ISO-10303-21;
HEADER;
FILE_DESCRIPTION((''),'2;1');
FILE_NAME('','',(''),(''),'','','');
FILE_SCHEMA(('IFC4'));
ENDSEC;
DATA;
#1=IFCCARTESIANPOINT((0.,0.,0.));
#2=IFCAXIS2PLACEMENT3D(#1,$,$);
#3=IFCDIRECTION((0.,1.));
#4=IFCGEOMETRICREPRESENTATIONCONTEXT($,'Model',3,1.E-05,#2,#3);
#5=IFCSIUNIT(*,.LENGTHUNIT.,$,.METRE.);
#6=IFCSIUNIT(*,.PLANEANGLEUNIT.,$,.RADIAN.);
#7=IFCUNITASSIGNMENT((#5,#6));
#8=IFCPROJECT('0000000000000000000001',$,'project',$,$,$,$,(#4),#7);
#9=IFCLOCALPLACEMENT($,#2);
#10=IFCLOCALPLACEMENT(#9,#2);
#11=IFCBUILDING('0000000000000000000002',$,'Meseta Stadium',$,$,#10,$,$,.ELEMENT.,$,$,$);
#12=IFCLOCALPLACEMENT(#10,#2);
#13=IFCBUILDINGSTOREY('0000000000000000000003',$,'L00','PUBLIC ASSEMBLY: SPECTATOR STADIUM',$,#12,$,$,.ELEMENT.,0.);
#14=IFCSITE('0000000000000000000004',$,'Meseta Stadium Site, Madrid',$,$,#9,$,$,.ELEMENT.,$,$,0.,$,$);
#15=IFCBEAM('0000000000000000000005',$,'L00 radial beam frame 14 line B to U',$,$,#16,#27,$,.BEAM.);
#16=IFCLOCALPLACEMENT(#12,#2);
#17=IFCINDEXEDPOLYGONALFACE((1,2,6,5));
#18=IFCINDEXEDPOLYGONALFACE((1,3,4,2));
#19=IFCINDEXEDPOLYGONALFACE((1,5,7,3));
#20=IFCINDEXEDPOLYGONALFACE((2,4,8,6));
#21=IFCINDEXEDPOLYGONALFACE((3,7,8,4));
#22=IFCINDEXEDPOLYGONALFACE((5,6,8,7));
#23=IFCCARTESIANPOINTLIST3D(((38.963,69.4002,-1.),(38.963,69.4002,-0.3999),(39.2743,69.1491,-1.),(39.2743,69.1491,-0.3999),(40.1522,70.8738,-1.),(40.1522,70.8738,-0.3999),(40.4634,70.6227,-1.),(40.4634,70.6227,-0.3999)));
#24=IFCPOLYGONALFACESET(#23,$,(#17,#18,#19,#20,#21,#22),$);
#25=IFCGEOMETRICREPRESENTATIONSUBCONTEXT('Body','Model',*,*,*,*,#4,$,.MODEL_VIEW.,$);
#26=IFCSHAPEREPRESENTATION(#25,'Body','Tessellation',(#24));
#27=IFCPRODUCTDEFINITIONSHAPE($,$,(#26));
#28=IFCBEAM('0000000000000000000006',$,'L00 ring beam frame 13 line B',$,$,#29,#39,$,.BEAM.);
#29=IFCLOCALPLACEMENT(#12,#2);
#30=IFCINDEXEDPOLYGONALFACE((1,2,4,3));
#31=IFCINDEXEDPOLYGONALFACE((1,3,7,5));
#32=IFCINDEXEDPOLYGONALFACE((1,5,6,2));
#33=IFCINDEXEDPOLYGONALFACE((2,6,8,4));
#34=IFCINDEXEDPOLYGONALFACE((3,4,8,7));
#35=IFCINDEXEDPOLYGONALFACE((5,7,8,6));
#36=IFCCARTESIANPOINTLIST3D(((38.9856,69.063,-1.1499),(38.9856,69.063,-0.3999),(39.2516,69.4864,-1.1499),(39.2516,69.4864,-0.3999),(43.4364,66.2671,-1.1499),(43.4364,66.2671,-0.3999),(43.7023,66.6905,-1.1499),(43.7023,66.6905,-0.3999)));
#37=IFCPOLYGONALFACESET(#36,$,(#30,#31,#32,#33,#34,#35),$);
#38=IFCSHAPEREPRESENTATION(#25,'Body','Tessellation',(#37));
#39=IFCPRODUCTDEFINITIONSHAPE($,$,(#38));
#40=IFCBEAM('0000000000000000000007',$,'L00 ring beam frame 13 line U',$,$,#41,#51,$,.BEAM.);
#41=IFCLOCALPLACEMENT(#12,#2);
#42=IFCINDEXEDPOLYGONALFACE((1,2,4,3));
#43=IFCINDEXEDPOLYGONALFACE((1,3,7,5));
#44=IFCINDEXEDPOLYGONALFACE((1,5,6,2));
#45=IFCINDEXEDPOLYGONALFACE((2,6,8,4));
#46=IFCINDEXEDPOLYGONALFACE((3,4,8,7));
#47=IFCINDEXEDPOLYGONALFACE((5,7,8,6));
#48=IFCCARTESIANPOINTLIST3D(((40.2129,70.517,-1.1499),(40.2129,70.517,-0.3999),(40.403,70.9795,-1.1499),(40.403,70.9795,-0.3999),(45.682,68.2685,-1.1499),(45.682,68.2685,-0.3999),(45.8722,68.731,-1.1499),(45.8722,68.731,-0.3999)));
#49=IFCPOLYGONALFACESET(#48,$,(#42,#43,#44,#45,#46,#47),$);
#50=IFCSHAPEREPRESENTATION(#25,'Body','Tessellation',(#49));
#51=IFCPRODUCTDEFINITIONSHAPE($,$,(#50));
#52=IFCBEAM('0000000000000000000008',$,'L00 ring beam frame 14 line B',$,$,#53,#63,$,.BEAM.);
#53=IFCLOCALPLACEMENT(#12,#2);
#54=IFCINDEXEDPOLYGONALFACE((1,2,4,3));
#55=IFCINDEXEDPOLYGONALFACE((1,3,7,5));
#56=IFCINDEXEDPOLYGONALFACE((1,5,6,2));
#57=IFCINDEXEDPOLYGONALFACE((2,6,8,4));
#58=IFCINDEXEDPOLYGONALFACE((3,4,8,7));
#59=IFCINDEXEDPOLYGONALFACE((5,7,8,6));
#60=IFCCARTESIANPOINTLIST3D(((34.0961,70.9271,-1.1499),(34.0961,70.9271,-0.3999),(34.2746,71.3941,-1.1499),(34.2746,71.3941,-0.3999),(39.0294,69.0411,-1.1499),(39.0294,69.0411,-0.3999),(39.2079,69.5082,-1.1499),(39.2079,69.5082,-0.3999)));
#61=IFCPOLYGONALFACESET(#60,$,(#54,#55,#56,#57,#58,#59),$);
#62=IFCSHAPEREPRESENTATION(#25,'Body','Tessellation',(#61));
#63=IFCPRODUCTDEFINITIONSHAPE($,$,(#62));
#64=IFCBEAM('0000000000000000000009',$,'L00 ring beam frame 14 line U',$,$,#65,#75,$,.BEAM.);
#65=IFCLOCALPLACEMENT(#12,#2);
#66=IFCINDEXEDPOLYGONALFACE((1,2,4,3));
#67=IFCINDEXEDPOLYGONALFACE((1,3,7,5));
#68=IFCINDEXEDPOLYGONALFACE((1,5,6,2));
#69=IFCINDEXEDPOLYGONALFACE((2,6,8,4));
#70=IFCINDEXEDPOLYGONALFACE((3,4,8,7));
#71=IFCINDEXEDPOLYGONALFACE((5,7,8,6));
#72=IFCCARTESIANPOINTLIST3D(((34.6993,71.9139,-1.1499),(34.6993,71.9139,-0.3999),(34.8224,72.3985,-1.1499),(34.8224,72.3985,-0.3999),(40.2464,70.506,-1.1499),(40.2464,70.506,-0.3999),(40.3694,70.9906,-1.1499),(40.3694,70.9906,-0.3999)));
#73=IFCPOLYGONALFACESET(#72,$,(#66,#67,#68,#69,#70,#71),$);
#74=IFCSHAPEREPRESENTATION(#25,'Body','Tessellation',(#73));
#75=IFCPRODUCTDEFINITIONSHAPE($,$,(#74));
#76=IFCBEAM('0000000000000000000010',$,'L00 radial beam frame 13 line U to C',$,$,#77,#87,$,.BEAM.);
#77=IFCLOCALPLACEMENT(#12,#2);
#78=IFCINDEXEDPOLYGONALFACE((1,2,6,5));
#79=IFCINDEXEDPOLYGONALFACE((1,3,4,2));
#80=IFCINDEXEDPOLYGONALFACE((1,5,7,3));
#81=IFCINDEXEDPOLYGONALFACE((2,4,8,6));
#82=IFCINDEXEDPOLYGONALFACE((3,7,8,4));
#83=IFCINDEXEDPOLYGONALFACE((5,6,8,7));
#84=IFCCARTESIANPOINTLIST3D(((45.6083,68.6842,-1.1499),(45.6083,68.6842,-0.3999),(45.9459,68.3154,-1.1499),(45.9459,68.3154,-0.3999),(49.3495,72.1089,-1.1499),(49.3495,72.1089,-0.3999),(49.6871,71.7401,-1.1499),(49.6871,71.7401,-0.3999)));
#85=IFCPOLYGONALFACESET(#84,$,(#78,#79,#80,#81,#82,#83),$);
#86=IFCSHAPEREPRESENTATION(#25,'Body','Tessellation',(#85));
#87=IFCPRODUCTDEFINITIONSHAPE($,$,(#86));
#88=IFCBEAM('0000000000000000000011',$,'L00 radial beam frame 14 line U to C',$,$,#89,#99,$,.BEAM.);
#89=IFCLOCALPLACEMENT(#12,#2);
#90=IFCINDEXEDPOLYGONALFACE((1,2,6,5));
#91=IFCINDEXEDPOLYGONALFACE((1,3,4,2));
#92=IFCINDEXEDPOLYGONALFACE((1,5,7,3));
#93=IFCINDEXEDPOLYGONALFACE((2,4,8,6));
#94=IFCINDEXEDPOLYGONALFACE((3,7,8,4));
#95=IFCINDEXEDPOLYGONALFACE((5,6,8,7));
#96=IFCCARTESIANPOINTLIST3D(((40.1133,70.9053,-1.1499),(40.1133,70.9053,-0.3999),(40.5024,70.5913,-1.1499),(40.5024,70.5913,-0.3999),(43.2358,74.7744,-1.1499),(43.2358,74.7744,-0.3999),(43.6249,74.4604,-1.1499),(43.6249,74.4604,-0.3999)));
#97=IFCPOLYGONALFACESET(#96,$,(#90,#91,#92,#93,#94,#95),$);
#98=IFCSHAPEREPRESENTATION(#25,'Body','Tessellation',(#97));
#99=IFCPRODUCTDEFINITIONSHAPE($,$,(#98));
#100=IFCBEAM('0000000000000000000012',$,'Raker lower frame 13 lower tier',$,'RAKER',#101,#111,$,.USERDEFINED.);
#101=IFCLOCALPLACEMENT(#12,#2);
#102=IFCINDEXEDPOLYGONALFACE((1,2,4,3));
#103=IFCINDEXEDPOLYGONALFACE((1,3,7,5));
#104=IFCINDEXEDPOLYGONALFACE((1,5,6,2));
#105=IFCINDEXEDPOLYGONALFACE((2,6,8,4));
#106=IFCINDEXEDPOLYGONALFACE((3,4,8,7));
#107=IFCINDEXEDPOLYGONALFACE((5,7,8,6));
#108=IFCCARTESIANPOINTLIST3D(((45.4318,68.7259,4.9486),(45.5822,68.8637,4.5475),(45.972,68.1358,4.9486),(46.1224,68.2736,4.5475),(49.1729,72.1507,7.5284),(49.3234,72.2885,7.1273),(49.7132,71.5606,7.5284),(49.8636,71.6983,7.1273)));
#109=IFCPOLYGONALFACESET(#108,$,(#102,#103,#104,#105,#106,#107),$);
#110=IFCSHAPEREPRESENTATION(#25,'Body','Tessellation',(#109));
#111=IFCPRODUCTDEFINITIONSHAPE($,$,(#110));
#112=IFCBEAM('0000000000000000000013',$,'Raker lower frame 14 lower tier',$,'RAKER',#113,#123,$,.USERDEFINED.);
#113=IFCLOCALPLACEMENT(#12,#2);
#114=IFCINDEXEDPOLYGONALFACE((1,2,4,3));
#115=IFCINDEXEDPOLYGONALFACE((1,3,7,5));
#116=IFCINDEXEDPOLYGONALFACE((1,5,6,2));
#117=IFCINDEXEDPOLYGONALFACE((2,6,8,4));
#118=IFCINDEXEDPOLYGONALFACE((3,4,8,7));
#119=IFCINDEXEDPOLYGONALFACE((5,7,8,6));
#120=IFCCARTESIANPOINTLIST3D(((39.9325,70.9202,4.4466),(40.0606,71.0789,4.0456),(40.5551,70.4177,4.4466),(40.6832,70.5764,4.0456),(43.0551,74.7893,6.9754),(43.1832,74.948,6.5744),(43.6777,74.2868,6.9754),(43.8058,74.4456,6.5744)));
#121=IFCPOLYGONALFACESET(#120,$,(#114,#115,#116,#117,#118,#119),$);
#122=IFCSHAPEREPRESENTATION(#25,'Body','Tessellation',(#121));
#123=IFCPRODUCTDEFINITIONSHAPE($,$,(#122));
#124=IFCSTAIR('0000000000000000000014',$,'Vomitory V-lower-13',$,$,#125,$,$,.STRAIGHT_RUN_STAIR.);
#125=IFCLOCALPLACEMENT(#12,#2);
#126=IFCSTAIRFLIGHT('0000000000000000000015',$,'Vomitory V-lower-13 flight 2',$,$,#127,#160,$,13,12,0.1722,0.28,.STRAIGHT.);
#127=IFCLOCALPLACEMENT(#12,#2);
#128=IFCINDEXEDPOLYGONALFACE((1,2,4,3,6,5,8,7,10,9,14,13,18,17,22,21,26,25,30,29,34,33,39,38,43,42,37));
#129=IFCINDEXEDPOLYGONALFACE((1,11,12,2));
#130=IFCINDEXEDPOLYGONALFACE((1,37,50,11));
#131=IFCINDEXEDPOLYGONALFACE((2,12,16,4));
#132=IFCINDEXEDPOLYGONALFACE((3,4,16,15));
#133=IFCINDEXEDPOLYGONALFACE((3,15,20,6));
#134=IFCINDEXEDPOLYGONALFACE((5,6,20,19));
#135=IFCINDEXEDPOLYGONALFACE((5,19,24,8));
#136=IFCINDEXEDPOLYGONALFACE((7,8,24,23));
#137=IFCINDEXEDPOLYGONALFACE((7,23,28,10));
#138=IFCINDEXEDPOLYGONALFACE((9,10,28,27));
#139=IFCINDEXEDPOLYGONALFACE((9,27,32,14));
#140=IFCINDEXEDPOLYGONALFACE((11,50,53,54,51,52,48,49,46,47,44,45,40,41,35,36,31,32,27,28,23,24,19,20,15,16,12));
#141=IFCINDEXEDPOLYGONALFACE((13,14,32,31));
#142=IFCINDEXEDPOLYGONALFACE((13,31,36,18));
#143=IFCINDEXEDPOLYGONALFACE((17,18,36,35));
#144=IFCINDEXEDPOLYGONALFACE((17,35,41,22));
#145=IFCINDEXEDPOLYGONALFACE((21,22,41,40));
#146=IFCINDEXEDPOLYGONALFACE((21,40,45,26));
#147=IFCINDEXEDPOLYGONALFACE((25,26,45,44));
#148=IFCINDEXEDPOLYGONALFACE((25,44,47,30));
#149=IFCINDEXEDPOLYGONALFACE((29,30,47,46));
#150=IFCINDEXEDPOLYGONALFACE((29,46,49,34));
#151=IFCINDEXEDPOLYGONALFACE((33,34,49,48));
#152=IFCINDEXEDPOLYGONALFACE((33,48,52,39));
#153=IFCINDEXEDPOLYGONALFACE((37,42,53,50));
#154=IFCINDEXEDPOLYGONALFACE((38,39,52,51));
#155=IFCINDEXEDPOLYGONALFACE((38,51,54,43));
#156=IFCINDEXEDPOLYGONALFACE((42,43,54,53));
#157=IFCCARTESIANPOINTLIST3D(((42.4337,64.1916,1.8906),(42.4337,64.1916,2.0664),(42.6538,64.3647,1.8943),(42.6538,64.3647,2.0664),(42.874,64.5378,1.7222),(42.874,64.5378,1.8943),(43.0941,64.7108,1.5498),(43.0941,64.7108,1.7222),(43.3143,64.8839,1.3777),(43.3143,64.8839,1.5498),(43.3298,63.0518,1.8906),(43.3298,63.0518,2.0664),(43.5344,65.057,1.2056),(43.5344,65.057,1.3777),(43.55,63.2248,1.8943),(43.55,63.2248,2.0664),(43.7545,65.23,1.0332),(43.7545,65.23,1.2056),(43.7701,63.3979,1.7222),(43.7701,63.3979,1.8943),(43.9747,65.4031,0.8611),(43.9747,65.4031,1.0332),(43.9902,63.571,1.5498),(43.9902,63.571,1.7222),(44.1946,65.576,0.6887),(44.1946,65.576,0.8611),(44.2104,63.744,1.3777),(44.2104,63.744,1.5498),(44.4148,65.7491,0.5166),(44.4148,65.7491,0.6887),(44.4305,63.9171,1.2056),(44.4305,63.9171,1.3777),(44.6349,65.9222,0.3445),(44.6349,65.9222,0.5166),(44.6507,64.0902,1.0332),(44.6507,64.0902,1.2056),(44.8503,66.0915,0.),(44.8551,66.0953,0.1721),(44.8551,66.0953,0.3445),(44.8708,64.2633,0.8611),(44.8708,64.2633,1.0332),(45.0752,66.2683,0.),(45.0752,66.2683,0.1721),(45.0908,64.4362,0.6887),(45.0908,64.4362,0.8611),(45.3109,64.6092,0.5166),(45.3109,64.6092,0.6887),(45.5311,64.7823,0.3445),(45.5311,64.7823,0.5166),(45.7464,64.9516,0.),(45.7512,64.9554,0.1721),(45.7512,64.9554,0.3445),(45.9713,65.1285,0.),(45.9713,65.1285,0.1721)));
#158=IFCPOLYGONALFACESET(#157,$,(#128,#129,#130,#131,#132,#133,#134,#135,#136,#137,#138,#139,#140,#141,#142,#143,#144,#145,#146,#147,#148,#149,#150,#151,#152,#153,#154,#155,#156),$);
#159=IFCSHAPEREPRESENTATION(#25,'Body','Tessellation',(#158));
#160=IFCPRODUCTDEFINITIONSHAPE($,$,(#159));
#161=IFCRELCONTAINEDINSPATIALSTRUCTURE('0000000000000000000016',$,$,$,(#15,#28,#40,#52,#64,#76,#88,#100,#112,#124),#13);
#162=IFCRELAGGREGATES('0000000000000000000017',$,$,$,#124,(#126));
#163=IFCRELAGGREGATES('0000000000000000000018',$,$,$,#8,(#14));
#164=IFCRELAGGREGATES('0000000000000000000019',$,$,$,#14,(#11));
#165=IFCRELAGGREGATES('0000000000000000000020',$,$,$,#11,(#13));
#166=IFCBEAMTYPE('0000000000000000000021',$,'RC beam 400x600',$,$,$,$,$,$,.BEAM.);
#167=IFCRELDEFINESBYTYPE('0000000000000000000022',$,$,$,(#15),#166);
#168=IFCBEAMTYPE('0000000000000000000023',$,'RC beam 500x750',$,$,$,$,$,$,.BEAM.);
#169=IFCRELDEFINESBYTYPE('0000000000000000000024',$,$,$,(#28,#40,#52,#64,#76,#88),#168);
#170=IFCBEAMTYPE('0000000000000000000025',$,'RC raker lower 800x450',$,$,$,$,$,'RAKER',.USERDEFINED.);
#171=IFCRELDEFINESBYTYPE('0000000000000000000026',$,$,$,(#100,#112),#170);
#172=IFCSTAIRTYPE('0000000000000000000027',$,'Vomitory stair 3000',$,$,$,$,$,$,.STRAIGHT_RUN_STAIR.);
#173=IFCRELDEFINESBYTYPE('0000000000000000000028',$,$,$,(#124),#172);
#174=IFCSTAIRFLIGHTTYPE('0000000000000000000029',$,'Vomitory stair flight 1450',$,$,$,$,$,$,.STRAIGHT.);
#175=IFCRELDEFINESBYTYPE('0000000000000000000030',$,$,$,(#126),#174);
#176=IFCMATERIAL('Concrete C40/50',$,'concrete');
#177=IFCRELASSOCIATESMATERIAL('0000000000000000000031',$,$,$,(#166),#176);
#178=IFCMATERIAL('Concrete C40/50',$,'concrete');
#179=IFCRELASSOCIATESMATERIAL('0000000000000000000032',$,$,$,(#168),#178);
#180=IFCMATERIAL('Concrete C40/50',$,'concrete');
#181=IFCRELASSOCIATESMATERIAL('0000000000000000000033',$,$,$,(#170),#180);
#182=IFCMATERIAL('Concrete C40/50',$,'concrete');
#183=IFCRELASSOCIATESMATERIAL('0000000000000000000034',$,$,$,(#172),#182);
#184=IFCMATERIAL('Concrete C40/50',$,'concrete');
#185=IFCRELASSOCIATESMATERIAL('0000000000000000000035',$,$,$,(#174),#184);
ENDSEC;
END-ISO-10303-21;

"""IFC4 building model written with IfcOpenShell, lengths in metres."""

from ifc_helpers import new_model, si_unit, direction, frame, origin, origin_2d, place, context, subcontext, project, spatial, polyline, rectangle, outline, extrude, material, material_profile, profile_set, type_object, element, aggregate, save


model = new_model("IFC4")

# Units and contexts
model_context = context("Model", 3, precision=1e-05, world=origin(), true_north=direction((0.0, 1.0)))
body_context = subcontext(model_context, "Body", "Model", "MODEL_VIEW")
ifc_project = project(units=[si_unit("LENGTHUNIT", "METRE"), si_unit("PLANEANGLEUNIT", "RADIAN")], contexts=[model_context])

# Site, building, storey
site_placement = place(None, origin())
site = spatial("IfcSite", under=ifc_project, at=site_placement, Name="Meseta Stadium Site, Madrid", CompositionType="ELEMENT", RefElevation=0.0)
building_placement = place(site_placement, origin())
building = spatial("IfcBuilding", under=site, at=building_placement, Name="Meseta Stadium", CompositionType="ELEMENT")
storey_placement = place(building_placement, origin())
storey = spatial("IfcBuildingStorey", under=building, at=storey_placement, Name="L00", Description="PUBLIC ASSEMBLY: SPECTATOR STADIUM", CompositionType="ELEMENT", Elevation=0.0)

# Beams
ifc_material_1 = material(Name="Concrete C40/50", Category="concrete")
ifc_material_profile_1 = material_profile(ifc_material_1, rectangle(XDim=0.3999, YDim=0.6001, at=origin_2d()), Name="RC 400x600")
ifc_profile_set_1 = profile_set([ifc_material_profile_1], Name="Concrete C40/50")
beam_type_1 = type_object("IfcBeamType", Name="RC beam 400x600", PredefinedType="BEAM", material=ifc_profile_set_1)
beam_1_placement = place(storey_placement, frame((39.1187, 69.2747, -0.7), z_axis=(0.628007, 0.778208, 0.0), x_axis=(-0.778208, 0.628007, 0.0)))
element("IfcBeam", 1, at=beam_1_placement, inside=storey, type_object=beam_type_1, Name="L00 radial beam frame 14 line B to U", PredefinedType="BEAM", context=body_context, shape_type="SweptSolid", body=[
    extrude(rectangle(XDim=0.3999, YDim=0.6001, at=origin_2d()), origin(), (0.0, 0.0, 1.0), 1.8936),
])
ifc_material_2 = material(Name="Concrete C40/50", Category="concrete")
ifc_material_profile_2 = material_profile(ifc_material_2, rectangle(XDim=0.5, YDim=0.75, at=origin_2d()), Name="RC 500x750")
ifc_profile_set_2 = profile_set([ifc_material_profile_2], Name="Concrete C40/50")
beam_type_2 = type_object("IfcBeamType", Name="RC beam 500x750", PredefinedType="BEAM", material=ifc_profile_set_2)
beam_2_placement = place(storey_placement, frame((43.5693, 66.4788, -0.7749), z_axis=(-0.84678, 0.531943, 0.0), x_axis=(-0.531943, -0.84678, 0.0)))
element("IfcBeam", 2, at=beam_2_placement, inside=storey, type_object=beam_type_2, Name="L00 ring beam frame 13 line B", PredefinedType="BEAM", context=body_context, shape_type="SweptSolid", body=[
    extrude(rectangle(XDim=0.5, YDim=0.75, at=origin_2d()), origin(), (0.0, 0.0, 1.0), 5.2561),
])
beam_3_placement = place(storey_placement, frame((45.7771, 68.4998, -0.7749), z_axis=(-0.924887, 0.380243, 0.0), x_axis=(-0.380243, -0.924887, 0.0)))
element("IfcBeam", 3, at=beam_3_placement, inside=storey, type_object=beam_type_2, Name="L00 ring beam frame 13 line U", PredefinedType="BEAM", context=body_context, shape_type="SweptSolid", body=[
    extrude(rectangle(XDim=0.5, YDim=0.75, at=origin_2d()), origin(), (0.0, 0.0, 1.0), 5.9133),
])
beam_4_placement = place(storey_placement, frame((39.1187, 69.2747, -0.7749), z_axis=(-0.93407, 0.357089, 0.0), x_axis=(-0.357089, -0.93407, 0.0)))
element("IfcBeam", 4, at=beam_4_placement, inside=storey, type_object=beam_type_2, Name="L00 ring beam frame 14 line B", PredefinedType="BEAM", context=body_context, shape_type="SweptSolid", body=[
    extrude(rectangle(XDim=0.5, YDim=0.75, at=origin_2d()), origin(), (0.0, 0.0, 1.0), 5.2815),
])
beam_5_placement = place(storey_placement, frame((40.3079, 70.7483, -0.7749), z_axis=(-0.969265, 0.246017, 0.0), x_axis=(-0.246017, -0.969265, 0.0)))
element("IfcBeam", 5, at=beam_5_placement, inside=storey, type_object=beam_type_2, Name="L00 ring beam frame 14 line U", PredefinedType="BEAM", context=body_context, shape_type="SweptSolid", body=[
    extrude(rectangle(XDim=0.5, YDim=0.75, at=origin_2d()), origin(), (0.0, 0.0, 1.0), 5.7229),
])
beam_6_placement = place(storey_placement, frame((45.7771, 68.4998, -0.7749), z_axis=(0.73761, 0.675228, 0.0), x_axis=(-0.675228, 0.73761, 0.0)))
element("IfcBeam", 6, at=beam_6_placement, inside=storey, type_object=beam_type_2, Name="L00 radial beam frame 13 line U to C", PredefinedType="BEAM", context=body_context, shape_type="SweptSolid", body=[
    extrude(rectangle(XDim=0.5, YDim=0.75, at=origin_2d()), origin(), (0.0, 0.0, 1.0), 5.072),
])
beam_7_placement = place(storey_placement, frame((40.3079, 70.7483, -0.7749), z_axis=(0.628031, 0.778189, 0.0), x_axis=(-0.778189, 0.628031, 0.0)))
element("IfcBeam", 7, at=beam_7_placement, inside=storey, type_object=beam_type_2, Name="L00 radial beam frame 14 line U to C", PredefinedType="BEAM", context=body_context, shape_type="SweptSolid", body=[
    extrude(rectangle(XDim=0.5, YDim=0.75, at=origin_2d()), origin(), (0.0, 0.0, 1.0), 4.9719),
])
ifc_material_3 = material(Name="Concrete C40/50", Category="concrete")
ifc_material_profile_3 = material_profile(ifc_material_3, rectangle(XDim=0.8, YDim=0.45, at=origin_2d()), Name="RC 800x450")
ifc_profile_set_3 = profile_set([ifc_material_profile_3], Name="Concrete C40/50")
beam_type_3 = type_object("IfcBeamType", Name="RC raker lower 800x450", ElementType="RAKER", PredefinedType="USERDEFINED", material=ifc_profile_set_3)
beam_8_placement = place(storey_placement, frame((45.7771, 68.4998, 4.748), z_axis=(0.657452, 0.601849, 0.45336), x_axis=(-0.675228, 0.73761, 0.0)))
element("IfcBeam", 8, at=beam_8_placement, inside=storey, type_object=beam_type_3, Name="Raker lower frame 13 lower tier", ObjectType="RAKER", PredefinedType="USERDEFINED", context=body_context, shape_type="SweptSolid", body=[
    extrude(rectangle(XDim=0.8, YDim=0.45, at=origin_2d()), origin(), (0.0, 0.0, 1.0), 5.6904),
])
beam_9_placement = place(storey_placement, frame((40.3079, 70.7483, 4.2461), z_axis=(0.559786, 0.693627, 0.453344), x_axis=(-0.778189, 0.628031, 0.0)))
element("IfcBeam", 9, at=beam_9_placement, inside=storey, type_object=beam_type_3, Name="Raker lower frame 14 lower tier", ObjectType="RAKER", PredefinedType="USERDEFINED", context=body_context, shape_type="SweptSolid", body=[
    extrude(rectangle(XDim=0.8, YDim=0.45, at=origin_2d()), origin(), (0.0, 0.0, 1.0), 5.5781),
])

# Stair, stair flight
ifc_material_4 = material(Name="Concrete C40/50", Category="concrete")
stair_type = type_object("IfcStairType", Name="Vomitory stair 3000", PredefinedType="STRAIGHT_RUN_STAIR", material=ifc_material_4)
stair_1_placement = place(storey_placement, origin())
stair_1 = element("IfcStair", 10, at=stair_1_placement, inside=storey, type_object=stair_type, Name="Vomitory V-lower-13", PredefinedType="STRAIGHT_RUN_STAIR")
ifc_material_5 = material(Name="Concrete C40/50", Category="concrete")
stair_flight_type = type_object("IfcStairFlightType", Name="Vomitory stair flight 1450", PredefinedType="STRAIGHT", material=ifc_material_5)
stair_flight_1_placement = place(storey_placement, frame((45.5232, 65.6985, 0.0), z_axis=(0.0, 0.0, 1.0), x_axis=(-0.786142, -0.618046, 0.0)))
stair_flight_1 = element("IfcStairFlight", 11, at=stair_flight_1_placement, type_object=stair_flight_type, Name="Vomitory V-lower-13 flight 2", NumberOfRisers=13, NumberOfTreads=12, PredefinedType="STRAIGHT", RiserHeight=0.1722, TreadLength=0.28, context=body_context, shape_type="SweptSolid", body=[
    extrude(outline(polyline([(0.0, 0.0), (0.0, 0.1721), (0.28, 0.1721), (0.28, 0.3445), (0.5601, 0.3445), (0.5601, 0.5166), (0.8401, 0.5166), (0.8401, 0.6887), (1.1201, 0.6887), (1.1201, 0.8611), (1.3999, 0.8611), (1.3999, 1.0332), (1.6799, 1.0332), (1.6799, 1.2056), (1.96, 1.2056), (1.96, 1.3777), (2.24, 1.3777), (2.24, 1.5498), (2.52, 1.5498), (2.52, 1.7222), (2.8, 1.7222), (2.8, 1.8943), (3.0801, 1.8943), (3.0801, 2.0664), (3.3601, 2.0664), (3.3601, 1.8906), (0.2861, 0.0), (0.0, 0.0)])), frame((0.0, 0.7251, 0.0), z_axis=(0.0, -1.0, 0.0), x_axis=(1.0, 0.0, 0.0)), (0.0, 0.0, 1.0), 1.45),
])
aggregate(stair_1, [stair_flight_1])

save(model, "model.ifc")
